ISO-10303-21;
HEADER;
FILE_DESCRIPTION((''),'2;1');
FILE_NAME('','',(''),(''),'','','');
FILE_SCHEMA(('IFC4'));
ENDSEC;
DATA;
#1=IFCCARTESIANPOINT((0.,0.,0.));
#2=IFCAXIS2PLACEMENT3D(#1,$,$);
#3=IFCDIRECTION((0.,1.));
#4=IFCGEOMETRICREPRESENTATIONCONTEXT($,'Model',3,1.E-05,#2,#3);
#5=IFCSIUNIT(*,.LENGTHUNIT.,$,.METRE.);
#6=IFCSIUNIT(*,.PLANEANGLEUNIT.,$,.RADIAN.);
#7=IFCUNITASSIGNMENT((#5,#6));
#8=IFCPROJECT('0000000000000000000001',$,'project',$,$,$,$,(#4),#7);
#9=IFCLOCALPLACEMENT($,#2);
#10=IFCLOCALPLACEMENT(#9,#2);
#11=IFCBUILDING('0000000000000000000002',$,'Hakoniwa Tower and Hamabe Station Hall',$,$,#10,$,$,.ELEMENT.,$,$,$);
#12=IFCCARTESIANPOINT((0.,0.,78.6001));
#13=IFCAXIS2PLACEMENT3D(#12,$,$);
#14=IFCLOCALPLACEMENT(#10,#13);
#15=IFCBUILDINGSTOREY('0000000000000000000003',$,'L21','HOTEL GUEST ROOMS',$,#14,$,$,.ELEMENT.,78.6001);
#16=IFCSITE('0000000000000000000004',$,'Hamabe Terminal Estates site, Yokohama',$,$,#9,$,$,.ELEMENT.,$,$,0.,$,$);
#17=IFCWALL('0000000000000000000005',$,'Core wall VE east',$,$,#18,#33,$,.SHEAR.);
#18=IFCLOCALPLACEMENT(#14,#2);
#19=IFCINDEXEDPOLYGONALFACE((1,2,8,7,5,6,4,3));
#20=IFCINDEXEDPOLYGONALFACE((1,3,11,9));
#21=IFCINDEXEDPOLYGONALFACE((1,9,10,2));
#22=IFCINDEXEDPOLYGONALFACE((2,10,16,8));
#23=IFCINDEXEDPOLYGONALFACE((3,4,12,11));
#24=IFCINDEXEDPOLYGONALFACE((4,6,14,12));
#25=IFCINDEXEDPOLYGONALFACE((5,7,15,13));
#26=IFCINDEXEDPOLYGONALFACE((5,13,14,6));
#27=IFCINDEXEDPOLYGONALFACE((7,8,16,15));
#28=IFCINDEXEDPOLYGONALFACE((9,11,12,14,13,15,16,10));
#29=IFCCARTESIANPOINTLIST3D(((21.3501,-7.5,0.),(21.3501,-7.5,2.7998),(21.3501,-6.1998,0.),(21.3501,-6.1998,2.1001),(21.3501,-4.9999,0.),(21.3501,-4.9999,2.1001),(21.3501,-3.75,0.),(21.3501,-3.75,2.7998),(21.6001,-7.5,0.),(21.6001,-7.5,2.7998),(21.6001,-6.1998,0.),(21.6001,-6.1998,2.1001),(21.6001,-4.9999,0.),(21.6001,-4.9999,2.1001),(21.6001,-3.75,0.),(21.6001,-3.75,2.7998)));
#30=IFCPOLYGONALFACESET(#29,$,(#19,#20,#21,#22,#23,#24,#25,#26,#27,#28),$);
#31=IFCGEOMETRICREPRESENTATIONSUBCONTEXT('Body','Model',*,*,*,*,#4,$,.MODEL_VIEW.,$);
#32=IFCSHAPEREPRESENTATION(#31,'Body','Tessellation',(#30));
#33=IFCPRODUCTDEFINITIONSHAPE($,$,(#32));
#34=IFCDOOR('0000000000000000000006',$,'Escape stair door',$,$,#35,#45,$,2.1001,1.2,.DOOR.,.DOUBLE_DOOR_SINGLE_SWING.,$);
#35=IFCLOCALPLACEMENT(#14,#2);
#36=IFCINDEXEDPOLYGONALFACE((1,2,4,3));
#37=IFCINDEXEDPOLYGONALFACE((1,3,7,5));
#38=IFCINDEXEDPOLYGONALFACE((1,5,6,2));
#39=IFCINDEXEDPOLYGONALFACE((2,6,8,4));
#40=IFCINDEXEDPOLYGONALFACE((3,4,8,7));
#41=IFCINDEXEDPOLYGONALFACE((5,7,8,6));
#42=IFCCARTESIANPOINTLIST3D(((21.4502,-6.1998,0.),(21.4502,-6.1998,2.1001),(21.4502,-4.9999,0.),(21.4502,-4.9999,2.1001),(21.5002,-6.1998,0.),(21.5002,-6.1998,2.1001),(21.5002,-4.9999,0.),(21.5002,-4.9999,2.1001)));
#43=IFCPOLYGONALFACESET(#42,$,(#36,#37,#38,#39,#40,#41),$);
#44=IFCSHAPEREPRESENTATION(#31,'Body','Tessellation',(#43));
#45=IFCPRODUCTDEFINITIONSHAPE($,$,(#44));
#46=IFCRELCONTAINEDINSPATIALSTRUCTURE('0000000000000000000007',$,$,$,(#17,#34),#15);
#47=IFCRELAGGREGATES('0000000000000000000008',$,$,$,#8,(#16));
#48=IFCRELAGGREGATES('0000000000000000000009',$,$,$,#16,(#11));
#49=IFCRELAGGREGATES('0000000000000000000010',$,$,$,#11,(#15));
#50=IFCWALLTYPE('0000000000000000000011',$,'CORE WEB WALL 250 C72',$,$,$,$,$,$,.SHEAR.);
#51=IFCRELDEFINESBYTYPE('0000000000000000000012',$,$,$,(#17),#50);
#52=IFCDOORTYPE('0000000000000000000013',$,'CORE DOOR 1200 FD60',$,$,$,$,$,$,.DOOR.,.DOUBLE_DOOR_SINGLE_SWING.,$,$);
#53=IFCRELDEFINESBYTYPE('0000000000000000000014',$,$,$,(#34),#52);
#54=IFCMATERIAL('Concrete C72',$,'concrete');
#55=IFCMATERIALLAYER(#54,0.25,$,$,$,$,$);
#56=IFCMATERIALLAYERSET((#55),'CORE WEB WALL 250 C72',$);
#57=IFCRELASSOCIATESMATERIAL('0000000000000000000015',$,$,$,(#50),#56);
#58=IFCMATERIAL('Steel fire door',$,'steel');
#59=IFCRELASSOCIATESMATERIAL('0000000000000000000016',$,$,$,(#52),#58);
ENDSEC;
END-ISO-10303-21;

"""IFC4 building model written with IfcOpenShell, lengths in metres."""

from ifc_helpers import new_model, si_unit, direction, frame, frame_2d, origin, place, context, subcontext, project, spatial, rectangle, extrude, material, layer, layer_set, type_object, element, fill, save


model = new_model("IFC4")

# Units and contexts
model_context = context("Model", 3, precision=1e-05, world=origin(), true_north=direction((0.0, 1.0)))
body_context = subcontext(model_context, "Body", "Model", "MODEL_VIEW")
ifc_project = project(units=[si_unit("LENGTHUNIT", "METRE"), si_unit("PLANEANGLEUNIT", "RADIAN")], contexts=[model_context])

# Site, building, storey
site_placement = place(None, origin())
site = spatial("IfcSite", under=ifc_project, at=site_placement, Name="Hamabe Terminal Estates site, Yokohama", CompositionType="ELEMENT", RefElevation=0.0)
building_placement = place(site_placement, origin())
building = spatial("IfcBuilding", under=site, at=building_placement, Name="Hakoniwa Tower and Hamabe Station Hall", CompositionType="ELEMENT")
storey_placement = place(building_placement, frame((0.0, 0.0, 78.6001)))
storey = spatial("IfcBuildingStorey", under=building, at=storey_placement, Name="L21", Description="HOTEL GUEST ROOMS", CompositionType="ELEMENT", Elevation=78.6001)

# Shared definitions
ifc_material_1 = material(Name="Concrete C72", Category="concrete")
ifc_layer_1 = layer(ifc_material_1, 0.25)
ifc_layer_set_1 = layer_set([ifc_layer_1], Name="CORE WEB WALL 250 C72")
wall_type_1 = type_object("IfcWallType", Name="CORE WEB WALL 250 C72", PredefinedType="SHEAR", material=ifc_layer_set_1)

# Wall, opening, door
wall_1_placement = place(storey_placement, frame((21.4751, -7.5, 0.0), z_axis=(0.0, 0.0, 1.0), x_axis=(0.0, 1.0, 0.0)))
wall_1 = element("IfcWall", 1, at=wall_1_placement, inside=storey, type_object=wall_type_1, Name="Core wall VE east", PredefinedType="SHEAR", context=body_context, shape_type="SweptSolid", body=[
    extrude(rectangle(XDim=3.75, YDim=0.25, at=frame_2d((1.875, 0.0))), origin(), (0.0, 0.0, 1.0), 2.7998),
])
opening_1_placement = place(wall_1_placement, frame((1.3, 0.0, 0.0)))
opening_1 = element("IfcOpeningElement", 2, at=opening_1_placement, cuts=wall_1, PredefinedType="OPENING", context=body_context, shape_type="SweptSolid", body=[
    extrude(rectangle(XDim=1.2, YDim=2.1001, at=frame_2d((0.6001, 1.05))), frame((0.0, 0.135, 0.0), z_axis=(0.0, -1.0, 0.0), x_axis=(1.0, 0.0, 0.0)), (0.0, 0.0, 1.0), 0.27),
])
ifc_material_2 = material(Name="Steel fire door", Category="steel")
door_type_1 = type_object("IfcDoorType", Name="CORE DOOR 1200 FD60", OperationType="DOUBLE_DOOR_SINGLE_SWING", PredefinedType="DOOR", material=ifc_material_2)
door_1_placement = place(opening_1_placement, origin())
door_1 = element("IfcDoor", 3, at=door_1_placement, inside=storey, type_object=door_type_1, Name="Escape stair door", OperationType="DOUBLE_DOOR_SINGLE_SWING", OverallHeight=2.1001, OverallWidth=1.2, PredefinedType="DOOR", context=body_context, shape_type="SweptSolid", body=[
    extrude(rectangle(XDim=1.2, YDim=2.1001, at=frame_2d((0.6001, 1.05))), frame((0.0, 0.0249, 0.0), z_axis=(0.0, -1.0, 0.0), x_axis=(1.0, 0.0, 0.0)), (0.0, 0.0, 1.0), 0.05),
])
fill(opening_1, door_1)

save(model, "model.ifc")
